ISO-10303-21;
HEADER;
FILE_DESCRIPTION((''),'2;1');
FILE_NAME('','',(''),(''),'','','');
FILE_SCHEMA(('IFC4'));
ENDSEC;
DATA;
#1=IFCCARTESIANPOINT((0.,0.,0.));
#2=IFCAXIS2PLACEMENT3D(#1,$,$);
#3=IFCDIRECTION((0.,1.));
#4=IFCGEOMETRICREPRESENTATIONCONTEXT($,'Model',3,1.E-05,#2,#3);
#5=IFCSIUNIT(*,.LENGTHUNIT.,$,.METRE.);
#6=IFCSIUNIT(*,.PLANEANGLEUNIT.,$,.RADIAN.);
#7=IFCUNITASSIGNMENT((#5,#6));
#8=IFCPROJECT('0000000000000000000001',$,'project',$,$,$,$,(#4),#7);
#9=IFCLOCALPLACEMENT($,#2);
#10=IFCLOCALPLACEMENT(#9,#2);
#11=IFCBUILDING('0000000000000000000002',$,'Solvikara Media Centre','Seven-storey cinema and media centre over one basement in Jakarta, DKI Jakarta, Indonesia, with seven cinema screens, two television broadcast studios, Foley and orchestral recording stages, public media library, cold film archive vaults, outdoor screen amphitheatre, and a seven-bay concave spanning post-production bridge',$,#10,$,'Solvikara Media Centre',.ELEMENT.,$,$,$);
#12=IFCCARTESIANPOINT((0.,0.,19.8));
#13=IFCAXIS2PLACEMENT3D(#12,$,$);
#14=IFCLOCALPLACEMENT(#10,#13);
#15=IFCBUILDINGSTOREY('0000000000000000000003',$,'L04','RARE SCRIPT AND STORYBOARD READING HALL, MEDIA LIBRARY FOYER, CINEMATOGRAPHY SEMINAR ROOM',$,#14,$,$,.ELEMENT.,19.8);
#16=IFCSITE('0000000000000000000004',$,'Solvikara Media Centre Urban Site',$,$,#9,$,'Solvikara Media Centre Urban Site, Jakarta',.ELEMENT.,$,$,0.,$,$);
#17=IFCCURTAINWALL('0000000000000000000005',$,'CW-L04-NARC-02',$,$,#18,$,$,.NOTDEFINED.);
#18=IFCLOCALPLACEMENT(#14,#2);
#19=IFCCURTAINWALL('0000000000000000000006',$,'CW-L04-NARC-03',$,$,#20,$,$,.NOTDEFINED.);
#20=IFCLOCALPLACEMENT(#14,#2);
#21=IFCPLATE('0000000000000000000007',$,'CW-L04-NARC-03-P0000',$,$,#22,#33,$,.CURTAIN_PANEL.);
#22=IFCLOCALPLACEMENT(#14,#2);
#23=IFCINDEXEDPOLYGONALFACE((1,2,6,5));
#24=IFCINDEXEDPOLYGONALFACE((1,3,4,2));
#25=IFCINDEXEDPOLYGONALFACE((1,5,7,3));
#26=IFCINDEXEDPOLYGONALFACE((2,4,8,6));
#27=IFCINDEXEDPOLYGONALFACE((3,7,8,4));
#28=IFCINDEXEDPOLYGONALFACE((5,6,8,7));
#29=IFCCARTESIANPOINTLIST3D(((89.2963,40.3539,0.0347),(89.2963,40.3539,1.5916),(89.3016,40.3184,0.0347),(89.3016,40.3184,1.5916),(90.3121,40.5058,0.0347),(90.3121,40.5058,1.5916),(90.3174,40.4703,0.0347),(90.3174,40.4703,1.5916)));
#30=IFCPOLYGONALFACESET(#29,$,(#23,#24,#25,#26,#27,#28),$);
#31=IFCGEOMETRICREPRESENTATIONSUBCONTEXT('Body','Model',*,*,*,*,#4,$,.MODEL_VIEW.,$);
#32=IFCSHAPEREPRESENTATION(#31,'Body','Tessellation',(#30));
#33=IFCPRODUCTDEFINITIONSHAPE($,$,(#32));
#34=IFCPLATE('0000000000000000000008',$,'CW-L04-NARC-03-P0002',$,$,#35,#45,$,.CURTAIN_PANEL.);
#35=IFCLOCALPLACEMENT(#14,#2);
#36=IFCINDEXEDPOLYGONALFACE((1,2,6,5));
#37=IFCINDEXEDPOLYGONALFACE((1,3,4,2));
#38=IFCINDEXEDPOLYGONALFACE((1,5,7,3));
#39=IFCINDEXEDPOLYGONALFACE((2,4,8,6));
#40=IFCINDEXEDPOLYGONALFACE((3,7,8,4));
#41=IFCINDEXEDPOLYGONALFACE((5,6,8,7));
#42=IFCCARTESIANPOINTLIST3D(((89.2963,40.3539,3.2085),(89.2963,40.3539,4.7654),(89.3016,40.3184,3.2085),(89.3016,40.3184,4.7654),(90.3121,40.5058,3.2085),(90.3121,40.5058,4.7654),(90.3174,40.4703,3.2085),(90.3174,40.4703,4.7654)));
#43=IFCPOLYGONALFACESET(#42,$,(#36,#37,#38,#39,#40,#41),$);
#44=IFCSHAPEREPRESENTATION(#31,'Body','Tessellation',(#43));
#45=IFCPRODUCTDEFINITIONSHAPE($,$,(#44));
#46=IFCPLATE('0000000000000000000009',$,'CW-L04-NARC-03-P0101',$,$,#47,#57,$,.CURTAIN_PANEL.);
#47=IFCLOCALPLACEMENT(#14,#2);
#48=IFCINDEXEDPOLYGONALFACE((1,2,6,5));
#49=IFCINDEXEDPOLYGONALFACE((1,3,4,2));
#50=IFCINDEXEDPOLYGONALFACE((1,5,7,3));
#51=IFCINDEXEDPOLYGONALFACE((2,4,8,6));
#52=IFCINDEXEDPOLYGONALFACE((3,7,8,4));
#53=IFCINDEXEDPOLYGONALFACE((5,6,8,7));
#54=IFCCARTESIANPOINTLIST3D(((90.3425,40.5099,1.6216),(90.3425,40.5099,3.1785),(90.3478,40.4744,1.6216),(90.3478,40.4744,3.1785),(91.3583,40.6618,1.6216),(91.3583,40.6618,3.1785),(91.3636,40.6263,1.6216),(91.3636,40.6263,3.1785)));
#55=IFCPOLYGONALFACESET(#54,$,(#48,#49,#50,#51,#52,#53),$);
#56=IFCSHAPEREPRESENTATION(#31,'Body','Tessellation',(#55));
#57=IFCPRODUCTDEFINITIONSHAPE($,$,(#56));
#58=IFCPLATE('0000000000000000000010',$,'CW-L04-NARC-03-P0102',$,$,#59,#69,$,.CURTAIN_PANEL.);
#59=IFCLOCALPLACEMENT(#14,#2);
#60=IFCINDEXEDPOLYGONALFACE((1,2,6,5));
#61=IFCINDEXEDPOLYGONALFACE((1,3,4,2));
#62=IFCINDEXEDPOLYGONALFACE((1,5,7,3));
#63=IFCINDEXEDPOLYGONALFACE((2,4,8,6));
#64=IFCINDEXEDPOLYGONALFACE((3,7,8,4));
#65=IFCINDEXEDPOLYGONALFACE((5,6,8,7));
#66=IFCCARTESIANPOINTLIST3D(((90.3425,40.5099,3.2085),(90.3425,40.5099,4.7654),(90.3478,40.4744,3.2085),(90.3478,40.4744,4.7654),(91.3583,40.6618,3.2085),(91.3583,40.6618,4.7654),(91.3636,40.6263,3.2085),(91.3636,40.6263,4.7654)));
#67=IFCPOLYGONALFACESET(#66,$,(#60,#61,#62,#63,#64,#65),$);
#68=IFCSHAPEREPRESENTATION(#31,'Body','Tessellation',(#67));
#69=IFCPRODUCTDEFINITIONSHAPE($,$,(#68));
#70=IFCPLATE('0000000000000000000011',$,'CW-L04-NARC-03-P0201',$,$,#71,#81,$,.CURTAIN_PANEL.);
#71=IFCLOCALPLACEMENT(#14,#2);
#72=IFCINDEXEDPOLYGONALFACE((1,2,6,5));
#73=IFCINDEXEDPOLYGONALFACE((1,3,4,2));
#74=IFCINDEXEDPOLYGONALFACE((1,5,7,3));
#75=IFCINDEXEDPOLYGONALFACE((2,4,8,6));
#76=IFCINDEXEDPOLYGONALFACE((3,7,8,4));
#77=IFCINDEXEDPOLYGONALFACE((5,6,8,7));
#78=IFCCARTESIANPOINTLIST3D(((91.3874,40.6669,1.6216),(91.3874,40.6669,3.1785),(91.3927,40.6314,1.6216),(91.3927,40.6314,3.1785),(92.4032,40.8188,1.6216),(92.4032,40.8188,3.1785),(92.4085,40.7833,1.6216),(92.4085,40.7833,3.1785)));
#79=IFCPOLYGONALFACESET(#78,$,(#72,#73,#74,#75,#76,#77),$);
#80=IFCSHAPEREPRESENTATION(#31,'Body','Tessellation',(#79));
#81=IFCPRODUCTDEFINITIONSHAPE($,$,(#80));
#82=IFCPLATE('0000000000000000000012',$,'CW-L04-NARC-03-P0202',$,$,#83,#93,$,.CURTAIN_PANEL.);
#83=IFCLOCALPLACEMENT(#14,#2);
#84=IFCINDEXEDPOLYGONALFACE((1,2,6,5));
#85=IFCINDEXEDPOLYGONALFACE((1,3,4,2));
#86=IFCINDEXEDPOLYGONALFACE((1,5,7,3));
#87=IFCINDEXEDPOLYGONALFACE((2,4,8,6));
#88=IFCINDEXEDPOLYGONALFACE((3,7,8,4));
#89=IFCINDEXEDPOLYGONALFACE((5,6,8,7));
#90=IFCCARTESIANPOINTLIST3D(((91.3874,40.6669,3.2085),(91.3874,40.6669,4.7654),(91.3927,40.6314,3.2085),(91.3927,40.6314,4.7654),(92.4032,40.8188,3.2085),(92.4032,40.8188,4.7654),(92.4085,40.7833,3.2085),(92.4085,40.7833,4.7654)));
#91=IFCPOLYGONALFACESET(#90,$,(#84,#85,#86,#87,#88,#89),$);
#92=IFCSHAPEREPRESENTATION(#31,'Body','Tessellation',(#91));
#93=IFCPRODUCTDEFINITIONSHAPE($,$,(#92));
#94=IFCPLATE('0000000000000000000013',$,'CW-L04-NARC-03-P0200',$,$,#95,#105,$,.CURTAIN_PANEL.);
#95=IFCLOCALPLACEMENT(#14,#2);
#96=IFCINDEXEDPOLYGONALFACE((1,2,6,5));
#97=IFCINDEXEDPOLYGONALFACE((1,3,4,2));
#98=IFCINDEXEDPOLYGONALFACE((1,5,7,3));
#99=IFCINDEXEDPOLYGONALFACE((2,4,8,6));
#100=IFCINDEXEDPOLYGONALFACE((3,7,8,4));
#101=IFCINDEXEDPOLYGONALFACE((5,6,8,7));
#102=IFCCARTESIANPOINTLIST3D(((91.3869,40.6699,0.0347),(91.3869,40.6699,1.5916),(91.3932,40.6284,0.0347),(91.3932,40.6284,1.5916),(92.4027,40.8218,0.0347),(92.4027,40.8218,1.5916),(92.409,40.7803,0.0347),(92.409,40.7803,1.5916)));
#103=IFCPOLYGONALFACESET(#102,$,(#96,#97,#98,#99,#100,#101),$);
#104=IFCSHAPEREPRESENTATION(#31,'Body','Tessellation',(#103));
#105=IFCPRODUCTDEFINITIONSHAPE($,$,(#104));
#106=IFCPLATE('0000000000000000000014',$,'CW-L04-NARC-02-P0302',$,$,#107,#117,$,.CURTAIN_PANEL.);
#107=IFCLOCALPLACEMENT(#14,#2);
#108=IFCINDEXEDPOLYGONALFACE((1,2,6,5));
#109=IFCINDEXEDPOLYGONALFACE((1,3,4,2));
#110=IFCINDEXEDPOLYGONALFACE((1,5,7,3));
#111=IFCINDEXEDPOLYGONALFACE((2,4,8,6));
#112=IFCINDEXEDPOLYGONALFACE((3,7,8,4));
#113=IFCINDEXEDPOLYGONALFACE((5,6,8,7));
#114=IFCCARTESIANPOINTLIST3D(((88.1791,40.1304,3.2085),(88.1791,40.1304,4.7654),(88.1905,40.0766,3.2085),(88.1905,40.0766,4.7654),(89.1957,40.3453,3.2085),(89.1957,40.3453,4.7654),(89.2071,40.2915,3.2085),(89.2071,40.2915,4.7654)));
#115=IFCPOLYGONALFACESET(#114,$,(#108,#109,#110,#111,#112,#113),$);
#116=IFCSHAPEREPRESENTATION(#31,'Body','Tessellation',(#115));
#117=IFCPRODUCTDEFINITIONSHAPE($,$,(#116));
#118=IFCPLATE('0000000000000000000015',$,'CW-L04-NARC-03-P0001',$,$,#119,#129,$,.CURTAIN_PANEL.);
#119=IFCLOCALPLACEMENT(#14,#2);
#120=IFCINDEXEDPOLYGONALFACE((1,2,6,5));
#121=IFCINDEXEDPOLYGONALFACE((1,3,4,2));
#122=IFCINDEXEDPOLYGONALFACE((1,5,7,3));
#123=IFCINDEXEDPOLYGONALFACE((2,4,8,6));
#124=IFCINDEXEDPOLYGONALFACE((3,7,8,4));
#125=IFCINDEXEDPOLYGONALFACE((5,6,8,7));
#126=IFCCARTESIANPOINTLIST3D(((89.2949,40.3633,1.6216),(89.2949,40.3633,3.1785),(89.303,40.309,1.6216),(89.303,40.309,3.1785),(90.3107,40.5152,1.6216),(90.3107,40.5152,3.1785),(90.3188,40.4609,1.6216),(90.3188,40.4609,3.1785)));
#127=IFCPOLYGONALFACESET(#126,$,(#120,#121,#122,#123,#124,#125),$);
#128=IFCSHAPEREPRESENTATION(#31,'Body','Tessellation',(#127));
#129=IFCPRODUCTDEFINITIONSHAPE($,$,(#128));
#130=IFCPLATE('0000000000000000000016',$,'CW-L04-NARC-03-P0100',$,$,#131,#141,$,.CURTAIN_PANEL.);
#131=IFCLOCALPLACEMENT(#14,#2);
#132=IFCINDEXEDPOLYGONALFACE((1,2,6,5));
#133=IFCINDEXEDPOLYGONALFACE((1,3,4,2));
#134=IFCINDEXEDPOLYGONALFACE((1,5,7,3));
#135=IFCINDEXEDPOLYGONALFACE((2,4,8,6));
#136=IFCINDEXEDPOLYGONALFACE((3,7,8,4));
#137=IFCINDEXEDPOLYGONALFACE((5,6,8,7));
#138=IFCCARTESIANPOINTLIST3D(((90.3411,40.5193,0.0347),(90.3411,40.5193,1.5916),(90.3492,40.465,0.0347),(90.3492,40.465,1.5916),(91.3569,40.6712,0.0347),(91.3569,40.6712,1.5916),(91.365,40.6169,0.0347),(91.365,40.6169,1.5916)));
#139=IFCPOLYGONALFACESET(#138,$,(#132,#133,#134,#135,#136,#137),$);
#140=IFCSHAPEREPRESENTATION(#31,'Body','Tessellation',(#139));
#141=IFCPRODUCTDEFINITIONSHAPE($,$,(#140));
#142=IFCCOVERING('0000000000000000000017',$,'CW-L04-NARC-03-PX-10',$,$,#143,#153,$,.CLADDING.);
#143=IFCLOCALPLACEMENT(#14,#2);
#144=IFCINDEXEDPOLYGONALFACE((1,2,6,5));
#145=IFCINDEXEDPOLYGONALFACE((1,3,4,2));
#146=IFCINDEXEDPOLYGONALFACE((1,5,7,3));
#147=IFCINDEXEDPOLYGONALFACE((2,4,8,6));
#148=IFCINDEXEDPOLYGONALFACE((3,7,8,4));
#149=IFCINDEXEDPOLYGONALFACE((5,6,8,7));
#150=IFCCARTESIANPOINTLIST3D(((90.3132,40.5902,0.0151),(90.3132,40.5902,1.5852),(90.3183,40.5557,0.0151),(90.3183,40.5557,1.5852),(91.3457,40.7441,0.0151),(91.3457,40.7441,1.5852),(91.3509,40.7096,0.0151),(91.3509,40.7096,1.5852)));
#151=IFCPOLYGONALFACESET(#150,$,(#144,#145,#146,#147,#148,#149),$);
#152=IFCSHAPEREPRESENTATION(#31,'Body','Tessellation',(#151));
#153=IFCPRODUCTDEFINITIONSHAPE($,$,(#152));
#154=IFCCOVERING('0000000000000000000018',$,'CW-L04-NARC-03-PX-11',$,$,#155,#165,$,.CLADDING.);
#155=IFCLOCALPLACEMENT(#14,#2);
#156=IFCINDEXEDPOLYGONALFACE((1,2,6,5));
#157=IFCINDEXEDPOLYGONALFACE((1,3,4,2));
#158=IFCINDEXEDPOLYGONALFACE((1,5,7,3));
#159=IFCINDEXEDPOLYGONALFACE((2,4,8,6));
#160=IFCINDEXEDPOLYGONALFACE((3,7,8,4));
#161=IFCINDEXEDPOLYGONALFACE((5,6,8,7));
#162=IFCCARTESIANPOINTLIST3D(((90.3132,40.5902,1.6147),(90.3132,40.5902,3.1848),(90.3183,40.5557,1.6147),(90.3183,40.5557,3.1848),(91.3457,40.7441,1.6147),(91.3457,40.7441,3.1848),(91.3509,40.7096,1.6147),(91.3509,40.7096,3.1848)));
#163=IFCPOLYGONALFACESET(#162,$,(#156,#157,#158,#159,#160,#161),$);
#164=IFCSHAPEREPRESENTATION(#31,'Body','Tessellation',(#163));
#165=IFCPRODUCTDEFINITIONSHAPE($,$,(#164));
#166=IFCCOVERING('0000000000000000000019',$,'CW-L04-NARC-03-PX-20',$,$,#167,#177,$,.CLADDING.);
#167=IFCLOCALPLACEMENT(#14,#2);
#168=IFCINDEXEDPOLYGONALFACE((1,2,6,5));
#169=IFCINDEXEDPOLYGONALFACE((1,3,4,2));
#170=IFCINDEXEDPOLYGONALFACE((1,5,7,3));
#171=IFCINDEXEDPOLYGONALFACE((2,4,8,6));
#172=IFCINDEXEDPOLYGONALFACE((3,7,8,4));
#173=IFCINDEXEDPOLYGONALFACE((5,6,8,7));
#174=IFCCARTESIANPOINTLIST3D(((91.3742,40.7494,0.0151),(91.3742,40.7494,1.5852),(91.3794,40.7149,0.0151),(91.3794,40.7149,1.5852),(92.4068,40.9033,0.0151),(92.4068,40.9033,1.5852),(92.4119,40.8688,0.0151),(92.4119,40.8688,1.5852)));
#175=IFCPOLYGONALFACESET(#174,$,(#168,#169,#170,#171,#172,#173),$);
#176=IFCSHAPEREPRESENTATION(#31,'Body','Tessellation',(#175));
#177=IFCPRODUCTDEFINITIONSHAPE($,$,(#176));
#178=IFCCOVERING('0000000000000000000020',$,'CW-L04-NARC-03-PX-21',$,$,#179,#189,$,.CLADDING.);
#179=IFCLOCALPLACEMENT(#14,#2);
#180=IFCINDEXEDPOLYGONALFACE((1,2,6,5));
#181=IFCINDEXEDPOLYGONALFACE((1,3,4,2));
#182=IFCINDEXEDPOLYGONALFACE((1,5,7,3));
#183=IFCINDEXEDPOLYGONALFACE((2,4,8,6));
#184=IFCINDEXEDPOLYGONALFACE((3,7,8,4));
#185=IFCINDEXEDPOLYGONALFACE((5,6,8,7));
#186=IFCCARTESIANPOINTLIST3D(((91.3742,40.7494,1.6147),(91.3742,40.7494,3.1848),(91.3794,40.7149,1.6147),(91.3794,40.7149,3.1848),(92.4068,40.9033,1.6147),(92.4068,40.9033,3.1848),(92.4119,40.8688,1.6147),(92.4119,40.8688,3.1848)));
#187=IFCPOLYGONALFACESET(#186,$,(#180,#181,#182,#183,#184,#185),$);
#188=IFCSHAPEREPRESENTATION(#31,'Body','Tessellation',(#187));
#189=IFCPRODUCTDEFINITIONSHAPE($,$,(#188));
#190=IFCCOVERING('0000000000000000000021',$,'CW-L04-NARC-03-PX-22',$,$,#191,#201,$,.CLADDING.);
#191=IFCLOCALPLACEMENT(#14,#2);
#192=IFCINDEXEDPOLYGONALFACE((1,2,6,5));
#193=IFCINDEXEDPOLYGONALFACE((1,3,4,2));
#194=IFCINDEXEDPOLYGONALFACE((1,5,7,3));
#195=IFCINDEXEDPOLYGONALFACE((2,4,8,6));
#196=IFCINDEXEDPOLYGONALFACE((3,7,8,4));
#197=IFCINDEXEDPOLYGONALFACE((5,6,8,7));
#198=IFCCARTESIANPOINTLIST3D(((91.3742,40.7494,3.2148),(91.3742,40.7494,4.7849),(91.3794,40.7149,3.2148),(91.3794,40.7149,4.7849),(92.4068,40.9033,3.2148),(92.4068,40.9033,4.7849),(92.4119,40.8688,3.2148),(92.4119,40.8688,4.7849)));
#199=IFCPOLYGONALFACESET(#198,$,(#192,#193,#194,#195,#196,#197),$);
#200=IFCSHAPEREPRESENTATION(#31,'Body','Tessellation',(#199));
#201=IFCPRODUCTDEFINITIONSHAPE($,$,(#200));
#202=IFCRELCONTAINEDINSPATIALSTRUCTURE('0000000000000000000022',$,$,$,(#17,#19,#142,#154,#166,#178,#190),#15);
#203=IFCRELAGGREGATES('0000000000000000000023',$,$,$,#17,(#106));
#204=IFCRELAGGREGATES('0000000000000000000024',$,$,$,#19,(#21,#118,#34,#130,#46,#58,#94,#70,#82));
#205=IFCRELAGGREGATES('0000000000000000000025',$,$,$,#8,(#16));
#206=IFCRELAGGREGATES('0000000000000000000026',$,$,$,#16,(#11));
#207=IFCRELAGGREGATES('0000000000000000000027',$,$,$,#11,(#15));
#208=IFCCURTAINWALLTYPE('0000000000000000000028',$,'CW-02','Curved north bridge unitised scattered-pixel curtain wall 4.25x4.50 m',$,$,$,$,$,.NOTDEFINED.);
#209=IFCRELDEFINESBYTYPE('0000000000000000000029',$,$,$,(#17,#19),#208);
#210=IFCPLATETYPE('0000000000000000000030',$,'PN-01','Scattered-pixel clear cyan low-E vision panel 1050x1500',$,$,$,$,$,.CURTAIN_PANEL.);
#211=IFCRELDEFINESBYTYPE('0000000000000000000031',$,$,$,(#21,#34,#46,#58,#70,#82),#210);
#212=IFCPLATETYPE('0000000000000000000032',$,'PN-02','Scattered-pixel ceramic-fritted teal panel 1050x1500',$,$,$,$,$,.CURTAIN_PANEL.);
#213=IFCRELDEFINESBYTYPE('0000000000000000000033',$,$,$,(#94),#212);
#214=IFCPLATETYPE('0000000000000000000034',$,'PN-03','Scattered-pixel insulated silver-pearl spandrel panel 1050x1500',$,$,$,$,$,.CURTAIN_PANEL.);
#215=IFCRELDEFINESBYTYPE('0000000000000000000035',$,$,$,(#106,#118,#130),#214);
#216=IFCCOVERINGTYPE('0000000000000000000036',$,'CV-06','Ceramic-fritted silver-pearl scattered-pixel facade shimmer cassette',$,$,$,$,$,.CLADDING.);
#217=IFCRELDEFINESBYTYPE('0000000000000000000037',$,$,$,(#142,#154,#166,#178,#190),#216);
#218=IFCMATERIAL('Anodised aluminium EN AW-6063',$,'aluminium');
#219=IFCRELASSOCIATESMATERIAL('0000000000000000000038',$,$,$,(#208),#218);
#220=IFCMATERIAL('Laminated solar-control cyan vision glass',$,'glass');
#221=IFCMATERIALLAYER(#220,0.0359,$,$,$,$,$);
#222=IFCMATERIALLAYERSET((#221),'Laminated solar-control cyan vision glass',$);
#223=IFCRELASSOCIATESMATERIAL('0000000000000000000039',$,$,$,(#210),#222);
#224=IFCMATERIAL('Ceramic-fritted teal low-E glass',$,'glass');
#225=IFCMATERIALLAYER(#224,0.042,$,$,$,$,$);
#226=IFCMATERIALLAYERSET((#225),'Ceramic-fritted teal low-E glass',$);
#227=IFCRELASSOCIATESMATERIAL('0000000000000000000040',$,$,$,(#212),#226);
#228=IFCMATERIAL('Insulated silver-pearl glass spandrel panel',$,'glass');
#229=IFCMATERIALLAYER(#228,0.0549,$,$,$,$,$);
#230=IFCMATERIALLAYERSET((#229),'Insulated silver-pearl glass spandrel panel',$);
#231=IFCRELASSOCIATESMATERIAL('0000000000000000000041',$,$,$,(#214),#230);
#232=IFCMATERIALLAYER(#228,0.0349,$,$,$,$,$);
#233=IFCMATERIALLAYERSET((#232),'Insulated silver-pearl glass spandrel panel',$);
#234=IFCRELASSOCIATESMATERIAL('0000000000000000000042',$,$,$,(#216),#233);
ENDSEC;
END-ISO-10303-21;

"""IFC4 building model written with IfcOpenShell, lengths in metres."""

from ifc_helpers import new_model, si_unit, direction, frame, origin, origin_2d, place, context, subcontext, project, spatial, rectangle, extrude, material, layer, layer_set, type_object, element, aggregate, save


model = new_model("IFC4")

# Units and contexts
model_context = context("Model", 3, precision=1e-05, world=origin(), true_north=direction((0.0, 1.0)))
body_context = subcontext(model_context, "Body", "Model", "MODEL_VIEW")
ifc_project = project(units=[si_unit("LENGTHUNIT", "METRE"), si_unit("PLANEANGLEUNIT", "RADIAN")], contexts=[model_context])

# Site, building, storey
site_placement = place(None, origin())
site = spatial("IfcSite", under=ifc_project, at=site_placement, Name="Solvikara Media Centre Urban Site", LongName="Solvikara Media Centre Urban Site, Jakarta", CompositionType="ELEMENT", RefElevation=0.0)
building_placement = place(site_placement, origin())
building = spatial("IfcBuilding", under=site, at=building_placement, Name="Solvikara Media Centre", Description="Seven-storey cinema and media centre over one basement in Jakarta, DKI Jakarta, Indonesia, with seven cinema screens, two television broadcast studios, Foley and orchestral recording stages, public media library, cold film archive vaults, outdoor screen amphitheatre, and a seven-bay concave spanning post-production bridge", LongName="Solvikara Media Centre", CompositionType="ELEMENT")
storey_placement = place(building_placement, frame((0.0, 0.0, 19.8)))
storey = spatial("IfcBuildingStorey", under=building, at=storey_placement, Name="L04", Description="RARE SCRIPT AND STORYBOARD READING HALL, MEDIA LIBRARY FOYER, CINEMATOGRAPHY SEMINAR ROOM", CompositionType="ELEMENT", Elevation=19.8)

# Curtain wall
ifc_material_1 = material(Name="Anodised aluminium EN AW-6063", Category="aluminium")
curtain_wall_type = type_object("IfcCurtainWallType", Name="CW-02", Description="Curved north bridge unitised scattered-pixel curtain wall 4.25x4.50 m", PredefinedType="NOTDEFINED", material=ifc_material_1)
curtain_wall_1_placement = place(storey_placement, origin())
curtain_wall_1 = element("IfcCurtainWall", 1, at=curtain_wall_1_placement, inside=storey, type_object=curtain_wall_type, Name="CW-L04-NARC-02", PredefinedType="NOTDEFINED")

# Curtain wall, plates
curtain_wall_2_placement = place(storey_placement, origin())
curtain_wall_2 = element("IfcCurtainWall", 2, at=curtain_wall_2_placement, inside=storey, type_object=curtain_wall_type, Name="CW-L04-NARC-03", PredefinedType="NOTDEFINED")
ifc_material_2 = material(Name="Laminated solar-control cyan vision glass", Category="glass")
ifc_layer_1 = layer(ifc_material_2, 0.0359)
ifc_layer_set_1 = layer_set([ifc_layer_1], Name="Laminated solar-control cyan vision glass")
plate_type_1 = type_object("IfcPlateType", Name="PN-01", Description="Scattered-pixel clear cyan low-E vision panel 1050x1500", PredefinedType="CURTAIN_PANEL", material=ifc_layer_set_1)
plate_1_placement = place(storey_placement, frame((89.8069, 40.4121, 0.0347), z_axis=(0.0, 0.0, 1.0), x_axis=(0.989006, 0.147878, 0.0)))
plate_1 = element("IfcPlate", 3, at=plate_1_placement, type_object=plate_type_1, Name="CW-L04-NARC-03-P0000", PredefinedType="CURTAIN_PANEL", context=body_context, shape_type="SweptSolid", body=[
    extrude(rectangle(XDim=1.0271, YDim=0.0359, at=origin_2d()), origin(), (0.0, 0.0, 1.0), 1.5569),
])
plate_2_placement = place(storey_placement, frame((89.8069, 40.4121, 3.2085), z_axis=(0.0, 0.0, 1.0), x_axis=(0.989006, 0.147878, 0.0)))
plate_2 = element("IfcPlate", 4, at=plate_2_placement, type_object=plate_type_1, Name="CW-L04-NARC-03-P0002", PredefinedType="CURTAIN_PANEL", context=body_context, shape_type="SweptSolid", body=[
    extrude(rectangle(XDim=1.0271, YDim=0.0359, at=origin_2d()), origin(), (0.0, 0.0, 1.0), 1.5569),
])
plate_3_placement = place(storey_placement, frame((90.853, 40.5681, 1.6216), z_axis=(0.0, 0.0, 1.0), x_axis=(0.989006, 0.147878, 0.0)))
plate_3 = element("IfcPlate", 5, at=plate_3_placement, type_object=plate_type_1, Name="CW-L04-NARC-03-P0101", PredefinedType="CURTAIN_PANEL", context=body_context, shape_type="SweptSolid", body=[
    extrude(rectangle(XDim=1.0271, YDim=0.0359, at=origin_2d()), origin(), (0.0, 0.0, 1.0), 1.5569),
])
plate_4_placement = place(storey_placement, frame((90.853, 40.5681, 3.2085), z_axis=(0.0, 0.0, 1.0), x_axis=(0.989006, 0.147878, 0.0)))
plate_4 = element("IfcPlate", 6, at=plate_4_placement, type_object=plate_type_1, Name="CW-L04-NARC-03-P0102", PredefinedType="CURTAIN_PANEL", context=body_context, shape_type="SweptSolid", body=[
    extrude(rectangle(XDim=1.0271, YDim=0.0359, at=origin_2d()), origin(), (0.0, 0.0, 1.0), 1.5569),
])
plate_5_placement = place(storey_placement, frame((91.8979, 40.7251, 1.6216), z_axis=(0.0, 0.0, 1.0), x_axis=(0.989006, 0.147878, 0.0)))
plate_5 = element("IfcPlate", 7, at=plate_5_placement, type_object=plate_type_1, Name="CW-L04-NARC-03-P0201", PredefinedType="CURTAIN_PANEL", context=body_context, shape_type="SweptSolid", body=[
    extrude(rectangle(XDim=1.0271, YDim=0.0359, at=origin_2d()), origin(), (0.0, 0.0, 1.0), 1.5569),
])
plate_6_placement = place(storey_placement, frame((91.8979, 40.7251, 3.2085), z_axis=(0.0, 0.0, 1.0), x_axis=(0.989006, 0.147878, 0.0)))
plate_6 = element("IfcPlate", 8, at=plate_6_placement, type_object=plate_type_1, Name="CW-L04-NARC-03-P0202", PredefinedType="CURTAIN_PANEL", context=body_context, shape_type="SweptSolid", body=[
    extrude(rectangle(XDim=1.0271, YDim=0.0359, at=origin_2d()), origin(), (0.0, 0.0, 1.0), 1.5569),
])
ifc_material_3 = material(Name="Ceramic-fritted teal low-E glass", Category="glass")
ifc_layer_2 = layer(ifc_material_3, 0.042)
ifc_layer_set_2 = layer_set([ifc_layer_2], Name="Ceramic-fritted teal low-E glass")
plate_type_2 = type_object("IfcPlateType", Name="PN-02", Description="Scattered-pixel ceramic-fritted teal panel 1050x1500", PredefinedType="CURTAIN_PANEL", material=ifc_layer_set_2)
plate_7_placement = place(storey_placement, frame((91.8979, 40.7251, 0.0347), z_axis=(0.0, 0.0, 1.0), x_axis=(0.989006, 0.147878, 0.0)))
plate_7 = element("IfcPlate", 9, at=plate_7_placement, type_object=plate_type_2, Name="CW-L04-NARC-03-P0200", PredefinedType="CURTAIN_PANEL", context=body_context, shape_type="SweptSolid", body=[
    extrude(rectangle(XDim=1.0271, YDim=0.042, at=origin_2d()), origin(), (0.0, 0.0, 1.0), 1.5569),
])

# Plates
ifc_material_4 = material(Name="Insulated silver-pearl glass spandrel panel", Category="glass")
ifc_layer_3 = layer(ifc_material_4, 0.0549)
ifc_layer_set_3 = layer_set([ifc_layer_3], Name="Insulated silver-pearl glass spandrel panel")
plate_type_3 = type_object("IfcPlateType", Name="PN-03", Description="Scattered-pixel insulated silver-pearl spandrel panel 1050x1500", PredefinedType="CURTAIN_PANEL", material=ifc_layer_set_3)
plate_8_placement = place(storey_placement, frame((88.6931, 40.2109, 3.2085), z_axis=(0.0, 0.0, 1.0), x_axis=(0.978379, 0.206819, 0.0)))
plate_8 = element("IfcPlate", 10, at=plate_8_placement, type_object=plate_type_3, Name="CW-L04-NARC-02-P0302", PredefinedType="CURTAIN_PANEL", context=body_context, shape_type="SweptSolid", body=[
    extrude(rectangle(XDim=1.0391, YDim=0.0549, at=origin_2d()), origin(), (0.0, 0.0, 1.0), 1.5569),
])
aggregate(curtain_wall_1, [plate_8])
plate_9_placement = place(storey_placement, frame((89.8069, 40.4121, 1.6216), z_axis=(0.0, 0.0, 1.0), x_axis=(0.989006, 0.147878, 0.0)))
plate_9 = element("IfcPlate", 11, at=plate_9_placement, type_object=plate_type_3, Name="CW-L04-NARC-03-P0001", PredefinedType="CURTAIN_PANEL", context=body_context, shape_type="SweptSolid", body=[
    extrude(rectangle(XDim=1.0271, YDim=0.0549, at=origin_2d()), origin(), (0.0, 0.0, 1.0), 1.5569),
])
plate_10_placement = place(storey_placement, frame((90.853, 40.5681, 0.0347), z_axis=(0.0, 0.0, 1.0), x_axis=(0.989006, 0.147878, 0.0)))
plate_10 = element("IfcPlate", 12, at=plate_10_placement, type_object=plate_type_3, Name="CW-L04-NARC-03-P0100", PredefinedType="CURTAIN_PANEL", context=body_context, shape_type="SweptSolid", body=[
    extrude(rectangle(XDim=1.0271, YDim=0.0549, at=origin_2d()), origin(), (0.0, 0.0, 1.0), 1.5569),
])
aggregate(curtain_wall_2, [plate_1, plate_9, plate_2, plate_10, plate_3, plate_4, plate_7, plate_5, plate_6])

# Coverings
ifc_layer_4 = layer(ifc_material_4, 0.0349)
ifc_layer_set_4 = layer_set([ifc_layer_4], Name="Insulated silver-pearl glass spandrel panel")
covering_type = type_object("IfcCoveringType", Name="CV-06", Description="Ceramic-fritted silver-pearl scattered-pixel facade shimmer cassette", PredefinedType="CLADDING", material=ifc_layer_set_4)
for number, where, z_axis, x_axis, name in (
    (13, (90.832, 40.6499, 0.0151), (0.0, 0.0, 1.0), (0.98907, 0.147447, 0.0), "CW-L04-NARC-03-PX-10"),
    (14, (90.832, 40.6499, 1.6147), (0.0, 0.0, 1.0), (0.98907, 0.147447, 0.0), "CW-L04-NARC-03-PX-11"),
    (15, (91.8931, 40.8091, 0.0151), (0.0, 0.0, 1.0), (0.98907, 0.147447, 0.0), "CW-L04-NARC-03-PX-20"),
    (16, (91.8931, 40.8091, 1.6147), (0.0, 0.0, 1.0), (0.98907, 0.147447, 0.0), "CW-L04-NARC-03-PX-21"),
    (17, (91.8931, 40.8091, 3.2148), (0.0, 0.0, 1.0), (0.98907, 0.147447, 0.0), "CW-L04-NARC-03-PX-22"),
):
    element("IfcCovering", number, at=place(storey_placement, frame(where, z_axis=z_axis, x_axis=x_axis)), inside=storey, type_object=covering_type, Name=name, PredefinedType="CLADDING", context=body_context, shape_type="SweptSolid", body=[
        extrude(rectangle(XDim=1.0439, YDim=0.0349, at=origin_2d()), origin(), (0.0, 0.0, 1.0), 1.5701),
    ])

save(model, "model.ifc")
